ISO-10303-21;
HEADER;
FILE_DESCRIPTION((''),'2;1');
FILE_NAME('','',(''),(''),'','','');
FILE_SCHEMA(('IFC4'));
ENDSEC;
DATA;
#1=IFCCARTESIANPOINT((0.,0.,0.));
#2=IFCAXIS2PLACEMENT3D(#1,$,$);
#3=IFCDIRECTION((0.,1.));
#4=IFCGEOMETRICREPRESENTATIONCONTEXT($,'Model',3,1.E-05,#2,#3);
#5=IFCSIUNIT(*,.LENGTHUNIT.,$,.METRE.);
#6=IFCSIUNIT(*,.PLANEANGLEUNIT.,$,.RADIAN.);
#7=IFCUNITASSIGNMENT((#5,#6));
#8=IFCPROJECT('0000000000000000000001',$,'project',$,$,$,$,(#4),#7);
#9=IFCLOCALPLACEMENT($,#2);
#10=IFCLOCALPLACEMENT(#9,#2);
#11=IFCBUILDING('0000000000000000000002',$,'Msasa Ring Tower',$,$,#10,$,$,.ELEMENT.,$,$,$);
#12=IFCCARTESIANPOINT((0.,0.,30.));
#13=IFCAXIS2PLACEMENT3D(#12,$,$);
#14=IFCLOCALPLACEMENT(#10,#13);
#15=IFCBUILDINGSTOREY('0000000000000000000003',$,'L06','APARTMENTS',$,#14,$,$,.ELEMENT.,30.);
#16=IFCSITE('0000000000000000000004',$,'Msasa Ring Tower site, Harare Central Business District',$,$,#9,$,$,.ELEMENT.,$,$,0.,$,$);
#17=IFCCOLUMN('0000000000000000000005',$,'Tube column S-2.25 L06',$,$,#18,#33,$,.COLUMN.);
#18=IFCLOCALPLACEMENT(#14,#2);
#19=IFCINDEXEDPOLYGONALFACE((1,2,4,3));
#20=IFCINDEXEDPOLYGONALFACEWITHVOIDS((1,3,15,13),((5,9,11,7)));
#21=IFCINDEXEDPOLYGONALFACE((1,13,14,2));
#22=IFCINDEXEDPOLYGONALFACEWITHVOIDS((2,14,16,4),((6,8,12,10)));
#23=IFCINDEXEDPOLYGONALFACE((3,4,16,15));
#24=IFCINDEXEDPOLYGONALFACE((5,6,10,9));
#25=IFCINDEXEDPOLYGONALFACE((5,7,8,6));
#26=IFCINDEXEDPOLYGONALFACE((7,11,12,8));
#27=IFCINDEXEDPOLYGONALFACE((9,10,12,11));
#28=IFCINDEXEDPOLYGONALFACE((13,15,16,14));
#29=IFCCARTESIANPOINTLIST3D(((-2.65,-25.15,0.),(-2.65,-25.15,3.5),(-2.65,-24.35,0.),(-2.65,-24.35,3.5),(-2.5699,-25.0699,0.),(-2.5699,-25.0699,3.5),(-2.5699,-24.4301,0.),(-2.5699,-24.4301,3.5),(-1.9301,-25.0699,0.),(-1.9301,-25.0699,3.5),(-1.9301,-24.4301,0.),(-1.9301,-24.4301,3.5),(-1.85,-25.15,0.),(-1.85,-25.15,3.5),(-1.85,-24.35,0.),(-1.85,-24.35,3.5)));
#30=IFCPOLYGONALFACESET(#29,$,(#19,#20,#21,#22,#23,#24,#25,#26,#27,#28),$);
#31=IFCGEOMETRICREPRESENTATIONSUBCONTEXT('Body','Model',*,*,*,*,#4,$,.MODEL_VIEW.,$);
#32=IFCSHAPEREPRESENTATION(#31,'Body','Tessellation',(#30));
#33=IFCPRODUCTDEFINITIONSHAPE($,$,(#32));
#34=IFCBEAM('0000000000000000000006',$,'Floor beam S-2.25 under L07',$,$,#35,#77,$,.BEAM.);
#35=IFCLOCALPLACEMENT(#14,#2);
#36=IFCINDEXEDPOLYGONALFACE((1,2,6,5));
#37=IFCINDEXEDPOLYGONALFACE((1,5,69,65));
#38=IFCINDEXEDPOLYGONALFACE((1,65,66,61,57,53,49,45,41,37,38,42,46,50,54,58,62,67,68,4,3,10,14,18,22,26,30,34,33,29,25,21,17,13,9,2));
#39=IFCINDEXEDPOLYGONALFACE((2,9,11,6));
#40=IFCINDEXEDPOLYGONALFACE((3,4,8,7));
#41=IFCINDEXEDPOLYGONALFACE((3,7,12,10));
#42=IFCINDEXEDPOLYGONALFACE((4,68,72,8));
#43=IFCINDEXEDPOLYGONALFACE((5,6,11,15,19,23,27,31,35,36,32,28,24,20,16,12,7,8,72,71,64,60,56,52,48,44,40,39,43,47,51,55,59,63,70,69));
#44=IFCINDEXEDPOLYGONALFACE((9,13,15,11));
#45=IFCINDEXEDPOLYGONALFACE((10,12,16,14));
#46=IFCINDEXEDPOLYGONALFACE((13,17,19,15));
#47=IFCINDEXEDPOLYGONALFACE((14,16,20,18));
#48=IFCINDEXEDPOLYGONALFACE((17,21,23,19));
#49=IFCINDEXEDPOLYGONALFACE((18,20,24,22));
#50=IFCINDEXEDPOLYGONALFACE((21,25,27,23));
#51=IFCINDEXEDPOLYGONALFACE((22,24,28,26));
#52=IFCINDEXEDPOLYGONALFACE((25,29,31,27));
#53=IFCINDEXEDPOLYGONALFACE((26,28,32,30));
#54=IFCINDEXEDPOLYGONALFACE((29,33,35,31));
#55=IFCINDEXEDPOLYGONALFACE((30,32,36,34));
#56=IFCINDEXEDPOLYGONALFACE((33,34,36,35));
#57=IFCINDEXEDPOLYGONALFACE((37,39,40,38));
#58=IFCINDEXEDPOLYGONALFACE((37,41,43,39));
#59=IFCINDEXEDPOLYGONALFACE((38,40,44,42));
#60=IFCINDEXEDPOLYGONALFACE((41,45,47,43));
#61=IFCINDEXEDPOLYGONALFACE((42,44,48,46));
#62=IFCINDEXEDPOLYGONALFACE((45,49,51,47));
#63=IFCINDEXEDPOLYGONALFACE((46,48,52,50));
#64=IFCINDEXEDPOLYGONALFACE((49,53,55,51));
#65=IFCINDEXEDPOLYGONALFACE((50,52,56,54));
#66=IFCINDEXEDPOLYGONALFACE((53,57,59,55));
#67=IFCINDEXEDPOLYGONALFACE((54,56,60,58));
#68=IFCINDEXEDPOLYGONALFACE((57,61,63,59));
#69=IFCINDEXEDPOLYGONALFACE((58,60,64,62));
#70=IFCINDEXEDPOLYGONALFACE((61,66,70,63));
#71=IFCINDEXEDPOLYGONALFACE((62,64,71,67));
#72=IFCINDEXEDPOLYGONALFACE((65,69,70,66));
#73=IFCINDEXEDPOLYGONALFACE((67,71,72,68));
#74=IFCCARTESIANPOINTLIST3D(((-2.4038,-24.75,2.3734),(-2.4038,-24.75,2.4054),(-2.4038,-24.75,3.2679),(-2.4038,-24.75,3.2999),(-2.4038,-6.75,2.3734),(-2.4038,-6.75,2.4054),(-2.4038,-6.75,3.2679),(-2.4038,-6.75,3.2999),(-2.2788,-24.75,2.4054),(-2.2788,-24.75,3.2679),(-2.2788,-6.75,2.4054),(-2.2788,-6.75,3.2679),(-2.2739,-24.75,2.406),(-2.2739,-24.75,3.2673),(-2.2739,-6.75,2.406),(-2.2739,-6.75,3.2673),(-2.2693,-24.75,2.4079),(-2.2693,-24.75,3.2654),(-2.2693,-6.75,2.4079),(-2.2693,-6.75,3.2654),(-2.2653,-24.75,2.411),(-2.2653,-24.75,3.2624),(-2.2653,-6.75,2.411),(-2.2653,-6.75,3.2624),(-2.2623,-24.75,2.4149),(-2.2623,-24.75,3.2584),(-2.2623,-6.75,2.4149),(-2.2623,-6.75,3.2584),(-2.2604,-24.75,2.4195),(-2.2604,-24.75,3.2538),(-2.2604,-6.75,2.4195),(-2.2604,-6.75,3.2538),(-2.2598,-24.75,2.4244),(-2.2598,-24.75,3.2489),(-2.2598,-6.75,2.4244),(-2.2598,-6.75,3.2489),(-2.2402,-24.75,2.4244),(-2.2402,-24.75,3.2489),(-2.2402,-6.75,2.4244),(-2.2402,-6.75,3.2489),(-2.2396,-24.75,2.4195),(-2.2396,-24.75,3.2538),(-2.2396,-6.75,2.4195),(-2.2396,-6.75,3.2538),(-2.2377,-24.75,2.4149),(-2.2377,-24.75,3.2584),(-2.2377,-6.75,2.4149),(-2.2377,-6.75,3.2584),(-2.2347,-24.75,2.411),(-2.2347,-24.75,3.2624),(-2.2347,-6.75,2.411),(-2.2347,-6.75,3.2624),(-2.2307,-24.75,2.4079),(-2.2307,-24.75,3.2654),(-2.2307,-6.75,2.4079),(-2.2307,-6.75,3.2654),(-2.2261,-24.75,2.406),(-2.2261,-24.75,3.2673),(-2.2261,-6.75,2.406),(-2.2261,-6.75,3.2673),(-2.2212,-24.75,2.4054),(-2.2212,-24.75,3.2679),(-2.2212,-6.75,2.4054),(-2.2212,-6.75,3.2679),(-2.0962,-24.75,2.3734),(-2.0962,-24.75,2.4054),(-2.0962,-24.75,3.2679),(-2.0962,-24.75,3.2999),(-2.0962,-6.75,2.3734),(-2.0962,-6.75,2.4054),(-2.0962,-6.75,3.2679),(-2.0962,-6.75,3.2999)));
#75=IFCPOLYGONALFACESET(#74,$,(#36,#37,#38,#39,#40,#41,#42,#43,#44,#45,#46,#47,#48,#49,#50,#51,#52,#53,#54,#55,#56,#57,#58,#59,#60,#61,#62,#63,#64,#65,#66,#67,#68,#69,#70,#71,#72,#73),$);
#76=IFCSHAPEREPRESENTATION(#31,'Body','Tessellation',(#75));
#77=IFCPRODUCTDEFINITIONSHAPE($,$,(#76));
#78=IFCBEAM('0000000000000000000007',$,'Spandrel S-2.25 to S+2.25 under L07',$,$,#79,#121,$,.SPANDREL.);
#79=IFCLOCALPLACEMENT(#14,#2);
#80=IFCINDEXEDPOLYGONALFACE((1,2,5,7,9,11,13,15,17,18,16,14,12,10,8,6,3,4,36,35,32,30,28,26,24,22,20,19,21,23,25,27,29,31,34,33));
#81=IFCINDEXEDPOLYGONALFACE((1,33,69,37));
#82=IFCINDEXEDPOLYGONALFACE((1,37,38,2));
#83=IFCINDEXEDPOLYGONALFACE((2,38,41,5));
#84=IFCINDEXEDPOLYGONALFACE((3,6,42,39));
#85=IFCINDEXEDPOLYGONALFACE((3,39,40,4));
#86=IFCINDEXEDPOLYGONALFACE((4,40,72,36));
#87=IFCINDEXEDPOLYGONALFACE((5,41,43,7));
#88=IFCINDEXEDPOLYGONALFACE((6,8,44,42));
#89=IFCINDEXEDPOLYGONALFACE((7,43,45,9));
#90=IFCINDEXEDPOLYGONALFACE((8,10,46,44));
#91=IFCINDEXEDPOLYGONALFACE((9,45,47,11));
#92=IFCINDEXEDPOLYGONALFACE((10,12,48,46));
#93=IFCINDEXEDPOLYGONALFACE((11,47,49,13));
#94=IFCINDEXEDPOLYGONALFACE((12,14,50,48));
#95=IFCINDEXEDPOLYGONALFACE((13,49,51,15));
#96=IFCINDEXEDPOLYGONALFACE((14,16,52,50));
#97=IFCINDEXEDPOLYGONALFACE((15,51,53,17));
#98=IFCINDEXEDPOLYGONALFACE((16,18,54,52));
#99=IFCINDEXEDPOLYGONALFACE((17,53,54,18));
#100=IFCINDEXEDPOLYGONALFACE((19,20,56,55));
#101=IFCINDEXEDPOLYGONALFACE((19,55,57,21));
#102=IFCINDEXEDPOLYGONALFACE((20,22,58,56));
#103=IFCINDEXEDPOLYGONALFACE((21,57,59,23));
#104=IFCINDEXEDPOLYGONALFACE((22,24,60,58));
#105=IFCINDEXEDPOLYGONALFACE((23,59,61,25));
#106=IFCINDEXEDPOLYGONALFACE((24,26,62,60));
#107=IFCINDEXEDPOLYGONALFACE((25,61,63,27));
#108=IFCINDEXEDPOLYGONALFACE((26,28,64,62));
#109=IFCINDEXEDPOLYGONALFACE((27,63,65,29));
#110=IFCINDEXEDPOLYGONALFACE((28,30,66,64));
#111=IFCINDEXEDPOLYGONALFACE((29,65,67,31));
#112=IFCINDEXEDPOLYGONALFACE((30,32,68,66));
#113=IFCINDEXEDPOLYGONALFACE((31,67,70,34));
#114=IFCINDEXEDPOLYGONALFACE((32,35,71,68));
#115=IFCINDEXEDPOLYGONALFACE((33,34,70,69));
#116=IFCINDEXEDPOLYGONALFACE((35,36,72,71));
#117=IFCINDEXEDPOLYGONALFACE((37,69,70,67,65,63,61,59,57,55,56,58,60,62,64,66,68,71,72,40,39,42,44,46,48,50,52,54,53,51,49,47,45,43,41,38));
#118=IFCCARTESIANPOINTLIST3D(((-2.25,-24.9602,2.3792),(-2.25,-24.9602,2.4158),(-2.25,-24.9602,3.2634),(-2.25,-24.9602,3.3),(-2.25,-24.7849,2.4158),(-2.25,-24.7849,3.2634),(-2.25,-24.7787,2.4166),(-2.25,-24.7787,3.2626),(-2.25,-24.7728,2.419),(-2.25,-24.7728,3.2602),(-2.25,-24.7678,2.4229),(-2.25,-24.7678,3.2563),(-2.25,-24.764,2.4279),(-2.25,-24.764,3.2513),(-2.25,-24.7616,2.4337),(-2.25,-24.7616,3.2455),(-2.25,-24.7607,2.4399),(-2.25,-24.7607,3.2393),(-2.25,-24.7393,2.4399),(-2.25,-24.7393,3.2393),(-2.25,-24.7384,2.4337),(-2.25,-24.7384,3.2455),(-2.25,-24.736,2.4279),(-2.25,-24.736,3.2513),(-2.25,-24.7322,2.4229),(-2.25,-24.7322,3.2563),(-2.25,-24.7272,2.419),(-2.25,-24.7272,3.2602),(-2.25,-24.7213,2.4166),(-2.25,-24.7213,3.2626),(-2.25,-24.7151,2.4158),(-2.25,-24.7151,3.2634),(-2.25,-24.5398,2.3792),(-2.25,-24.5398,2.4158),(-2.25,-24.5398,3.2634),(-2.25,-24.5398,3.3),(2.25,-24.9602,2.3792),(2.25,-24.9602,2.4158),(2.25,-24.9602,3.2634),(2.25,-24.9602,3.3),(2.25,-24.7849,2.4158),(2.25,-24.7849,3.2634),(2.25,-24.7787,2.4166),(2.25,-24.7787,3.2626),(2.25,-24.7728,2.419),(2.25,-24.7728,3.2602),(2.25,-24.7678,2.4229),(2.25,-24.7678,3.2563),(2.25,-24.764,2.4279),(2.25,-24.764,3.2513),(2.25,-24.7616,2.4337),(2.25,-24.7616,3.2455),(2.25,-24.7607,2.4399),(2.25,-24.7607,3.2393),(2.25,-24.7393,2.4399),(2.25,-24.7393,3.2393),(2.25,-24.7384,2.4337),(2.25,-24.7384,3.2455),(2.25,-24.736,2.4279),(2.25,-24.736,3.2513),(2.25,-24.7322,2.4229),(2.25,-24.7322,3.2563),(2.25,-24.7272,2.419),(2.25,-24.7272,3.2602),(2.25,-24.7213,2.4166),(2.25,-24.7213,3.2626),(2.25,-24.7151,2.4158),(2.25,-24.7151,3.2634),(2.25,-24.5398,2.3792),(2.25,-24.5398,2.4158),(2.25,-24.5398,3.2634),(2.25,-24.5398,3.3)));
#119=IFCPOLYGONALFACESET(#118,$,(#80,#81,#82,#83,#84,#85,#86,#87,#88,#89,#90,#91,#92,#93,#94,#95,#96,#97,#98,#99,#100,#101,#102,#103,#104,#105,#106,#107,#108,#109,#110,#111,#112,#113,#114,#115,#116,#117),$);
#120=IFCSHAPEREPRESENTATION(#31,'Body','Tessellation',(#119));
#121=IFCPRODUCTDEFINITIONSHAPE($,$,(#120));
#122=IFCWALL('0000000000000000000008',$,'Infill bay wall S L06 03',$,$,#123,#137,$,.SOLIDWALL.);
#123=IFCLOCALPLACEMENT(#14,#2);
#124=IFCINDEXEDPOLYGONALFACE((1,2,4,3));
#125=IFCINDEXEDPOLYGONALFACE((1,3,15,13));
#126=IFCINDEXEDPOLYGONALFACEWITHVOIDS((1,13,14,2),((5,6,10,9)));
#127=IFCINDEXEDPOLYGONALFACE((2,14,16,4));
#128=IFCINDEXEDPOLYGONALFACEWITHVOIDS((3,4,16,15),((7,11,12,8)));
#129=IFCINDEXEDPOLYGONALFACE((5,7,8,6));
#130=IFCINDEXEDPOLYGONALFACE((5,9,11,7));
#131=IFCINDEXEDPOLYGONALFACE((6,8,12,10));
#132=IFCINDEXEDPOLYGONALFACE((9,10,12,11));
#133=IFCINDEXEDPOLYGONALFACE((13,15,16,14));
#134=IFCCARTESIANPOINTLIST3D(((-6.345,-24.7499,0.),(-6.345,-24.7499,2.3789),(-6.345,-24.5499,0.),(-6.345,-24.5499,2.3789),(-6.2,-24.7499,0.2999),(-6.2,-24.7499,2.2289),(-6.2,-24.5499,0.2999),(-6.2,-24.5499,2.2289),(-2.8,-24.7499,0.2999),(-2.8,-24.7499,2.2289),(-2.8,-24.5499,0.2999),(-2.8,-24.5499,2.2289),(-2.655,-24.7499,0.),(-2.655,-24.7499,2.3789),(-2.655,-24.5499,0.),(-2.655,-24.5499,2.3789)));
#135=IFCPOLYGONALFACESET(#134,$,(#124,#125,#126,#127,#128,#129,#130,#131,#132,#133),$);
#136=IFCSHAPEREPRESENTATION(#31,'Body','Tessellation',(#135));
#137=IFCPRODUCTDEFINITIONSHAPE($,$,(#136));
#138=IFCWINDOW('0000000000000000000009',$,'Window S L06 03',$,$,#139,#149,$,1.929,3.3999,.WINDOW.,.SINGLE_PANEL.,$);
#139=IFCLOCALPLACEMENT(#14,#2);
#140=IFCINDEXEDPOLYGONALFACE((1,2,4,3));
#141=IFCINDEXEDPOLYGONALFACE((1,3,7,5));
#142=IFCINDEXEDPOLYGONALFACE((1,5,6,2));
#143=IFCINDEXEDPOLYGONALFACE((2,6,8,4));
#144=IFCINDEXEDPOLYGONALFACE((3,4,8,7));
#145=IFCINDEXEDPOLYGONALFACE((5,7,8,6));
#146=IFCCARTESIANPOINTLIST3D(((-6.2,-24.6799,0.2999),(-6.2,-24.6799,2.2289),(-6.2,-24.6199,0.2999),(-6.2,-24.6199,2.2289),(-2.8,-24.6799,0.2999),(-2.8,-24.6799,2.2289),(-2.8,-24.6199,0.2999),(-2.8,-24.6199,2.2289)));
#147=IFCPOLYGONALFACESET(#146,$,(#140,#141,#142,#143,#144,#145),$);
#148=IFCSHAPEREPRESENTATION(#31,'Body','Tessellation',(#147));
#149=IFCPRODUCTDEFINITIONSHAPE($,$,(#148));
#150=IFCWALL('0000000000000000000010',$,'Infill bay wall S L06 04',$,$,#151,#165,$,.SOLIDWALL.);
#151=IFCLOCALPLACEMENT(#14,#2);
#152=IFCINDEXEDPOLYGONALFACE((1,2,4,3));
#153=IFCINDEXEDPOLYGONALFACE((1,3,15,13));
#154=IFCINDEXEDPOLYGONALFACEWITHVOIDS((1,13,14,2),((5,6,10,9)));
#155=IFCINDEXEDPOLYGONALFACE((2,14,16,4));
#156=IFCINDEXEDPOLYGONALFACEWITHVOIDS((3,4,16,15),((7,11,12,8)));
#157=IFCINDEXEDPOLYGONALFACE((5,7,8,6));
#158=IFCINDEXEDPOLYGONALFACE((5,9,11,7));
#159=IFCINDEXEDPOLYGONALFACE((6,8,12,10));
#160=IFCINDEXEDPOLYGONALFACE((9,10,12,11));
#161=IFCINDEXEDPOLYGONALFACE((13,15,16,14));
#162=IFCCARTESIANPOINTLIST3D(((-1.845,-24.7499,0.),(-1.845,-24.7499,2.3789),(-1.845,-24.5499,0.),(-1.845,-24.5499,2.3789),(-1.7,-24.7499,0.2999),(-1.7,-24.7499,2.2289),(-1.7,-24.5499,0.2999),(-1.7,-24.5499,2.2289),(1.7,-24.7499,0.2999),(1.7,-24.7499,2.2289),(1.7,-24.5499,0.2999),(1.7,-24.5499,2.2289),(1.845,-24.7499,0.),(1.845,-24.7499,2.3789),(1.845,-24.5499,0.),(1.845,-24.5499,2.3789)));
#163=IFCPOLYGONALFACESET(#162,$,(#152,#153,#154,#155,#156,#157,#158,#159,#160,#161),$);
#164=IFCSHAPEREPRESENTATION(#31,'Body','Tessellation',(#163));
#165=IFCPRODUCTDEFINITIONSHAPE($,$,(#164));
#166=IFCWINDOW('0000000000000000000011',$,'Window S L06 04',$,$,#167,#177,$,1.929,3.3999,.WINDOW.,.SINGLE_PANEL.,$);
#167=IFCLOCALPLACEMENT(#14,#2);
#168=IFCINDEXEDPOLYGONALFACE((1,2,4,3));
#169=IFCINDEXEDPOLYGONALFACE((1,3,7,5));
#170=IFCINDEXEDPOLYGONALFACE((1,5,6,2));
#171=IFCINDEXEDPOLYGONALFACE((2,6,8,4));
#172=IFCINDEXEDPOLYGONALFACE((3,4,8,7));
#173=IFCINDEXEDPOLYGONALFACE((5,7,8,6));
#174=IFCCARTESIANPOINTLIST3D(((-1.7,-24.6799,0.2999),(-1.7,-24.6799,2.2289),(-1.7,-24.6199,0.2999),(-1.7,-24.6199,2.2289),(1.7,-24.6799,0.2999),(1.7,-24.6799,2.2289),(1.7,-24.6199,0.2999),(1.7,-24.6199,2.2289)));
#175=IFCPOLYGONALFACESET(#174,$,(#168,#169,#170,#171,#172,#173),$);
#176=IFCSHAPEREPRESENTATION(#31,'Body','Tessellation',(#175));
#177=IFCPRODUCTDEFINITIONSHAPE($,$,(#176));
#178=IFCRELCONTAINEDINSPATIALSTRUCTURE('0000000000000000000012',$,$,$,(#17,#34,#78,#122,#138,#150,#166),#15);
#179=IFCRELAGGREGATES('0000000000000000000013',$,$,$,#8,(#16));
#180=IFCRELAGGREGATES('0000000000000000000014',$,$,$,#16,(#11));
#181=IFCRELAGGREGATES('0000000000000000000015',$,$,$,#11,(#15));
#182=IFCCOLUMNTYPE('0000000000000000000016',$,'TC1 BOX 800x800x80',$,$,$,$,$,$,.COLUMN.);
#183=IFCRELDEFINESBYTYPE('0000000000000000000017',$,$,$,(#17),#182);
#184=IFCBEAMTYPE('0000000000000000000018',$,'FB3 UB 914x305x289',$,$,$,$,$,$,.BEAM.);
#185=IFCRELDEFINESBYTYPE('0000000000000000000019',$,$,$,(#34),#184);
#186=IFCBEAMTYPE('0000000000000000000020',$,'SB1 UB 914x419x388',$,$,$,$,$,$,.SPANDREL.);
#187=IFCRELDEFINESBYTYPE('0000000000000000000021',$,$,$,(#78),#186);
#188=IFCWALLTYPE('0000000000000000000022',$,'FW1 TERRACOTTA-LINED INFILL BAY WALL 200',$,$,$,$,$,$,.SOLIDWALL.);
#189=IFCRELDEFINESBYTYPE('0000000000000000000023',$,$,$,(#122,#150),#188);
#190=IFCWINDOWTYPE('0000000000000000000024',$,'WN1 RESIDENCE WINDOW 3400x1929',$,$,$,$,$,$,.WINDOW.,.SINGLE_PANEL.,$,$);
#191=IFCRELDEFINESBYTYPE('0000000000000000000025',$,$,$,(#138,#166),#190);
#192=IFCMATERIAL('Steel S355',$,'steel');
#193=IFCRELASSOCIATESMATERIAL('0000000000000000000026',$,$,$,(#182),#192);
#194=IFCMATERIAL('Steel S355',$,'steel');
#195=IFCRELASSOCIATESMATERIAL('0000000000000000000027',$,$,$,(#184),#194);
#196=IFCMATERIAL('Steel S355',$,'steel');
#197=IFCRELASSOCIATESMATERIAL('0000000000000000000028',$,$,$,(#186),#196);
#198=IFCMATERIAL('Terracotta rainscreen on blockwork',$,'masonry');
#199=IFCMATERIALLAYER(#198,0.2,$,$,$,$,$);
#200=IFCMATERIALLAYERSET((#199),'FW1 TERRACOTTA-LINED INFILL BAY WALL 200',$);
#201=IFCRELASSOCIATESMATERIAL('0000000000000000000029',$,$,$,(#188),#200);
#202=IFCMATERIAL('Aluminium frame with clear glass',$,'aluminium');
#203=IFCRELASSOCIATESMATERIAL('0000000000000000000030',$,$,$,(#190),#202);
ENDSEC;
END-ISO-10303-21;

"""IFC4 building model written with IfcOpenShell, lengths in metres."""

from ifc_helpers import new_model, si_unit, direction, frame, frame_2d, origin, origin_2d, place, context, subcontext, project, spatial, rectangle, hollow_rectangle, i_section, extrude, material, layer, layer_set, material_profile, profile_set, type_object, element, fill, save


model = new_model("IFC4")

# Units and contexts
model_context = context("Model", 3, precision=1e-05, world=origin(), true_north=direction((0.0, 1.0)))
body_context = subcontext(model_context, "Body", "Model", "MODEL_VIEW")
ifc_project = project(units=[si_unit("LENGTHUNIT", "METRE"), si_unit("PLANEANGLEUNIT", "RADIAN")], contexts=[model_context])

# Site, building, storey
site_placement = place(None, origin())
site = spatial("IfcSite", under=ifc_project, at=site_placement, Name="Msasa Ring Tower site, Harare Central Business District", CompositionType="ELEMENT", RefElevation=0.0)
building_placement = place(site_placement, origin())
building = spatial("IfcBuilding", under=site, at=building_placement, Name="Msasa Ring Tower", CompositionType="ELEMENT")
storey_placement = place(building_placement, frame((0.0, 0.0, 30.0)))
storey = spatial("IfcBuildingStorey", under=building, at=storey_placement, Name="L06", Description="APARTMENTS", CompositionType="ELEMENT", Elevation=30.0)

# Column
ifc_material_1 = material(Name="Steel S355", Category="steel")
ifc_material_profile_1 = material_profile(ifc_material_1, hollow_rectangle(XDim=0.8, YDim=0.8, WallThickness=0.0801, at=origin_2d()), Name="BOX 800x800x80")
ifc_profile_set_1 = profile_set([ifc_material_profile_1], Name="Steel S355")
column_type = type_object("IfcColumnType", Name="TC1 BOX 800x800x80", PredefinedType="COLUMN", material=ifc_profile_set_1)
column_placement = place(storey_placement, frame((-2.25, -24.75, 0.0), z_axis=(0.0, 0.0, 1.0), x_axis=(0.0, 1.0, 0.0)))
element("IfcColumn", 1, at=column_placement, inside=storey, type_object=column_type, Name="Tube column S-2.25 L06", PredefinedType="COLUMN", context=body_context, shape_type="SweptSolid", body=[
    extrude(hollow_rectangle(XDim=0.8, YDim=0.8, WallThickness=0.0801, at=origin_2d()), origin(), (0.0, 0.0, 1.0), 3.5),
])

# Beams
ifc_material_2 = material(Name="Steel S355", Category="steel")
ifc_material_profile_2 = material_profile(ifc_material_2, i_section(OverallWidth=0.3076, OverallDepth=0.9265, WebThickness=0.0195, FlangeThickness=0.032, FilletRadius=0.019, at=origin_2d()), Name="UB 914x305x289")
ifc_profile_set_2 = profile_set([ifc_material_profile_2], Name="Steel S355")
beam_type_1 = type_object("IfcBeamType", Name="FB3 UB 914x305x289", PredefinedType="BEAM", material=ifc_profile_set_2)
beam_1_placement = place(storey_placement, frame((-2.25, -24.75, 2.8367), z_axis=(0.0, 1.0, 0.0), x_axis=(-1.0, 0.0, 0.0)))
element("IfcBeam", 2, at=beam_1_placement, inside=storey, type_object=beam_type_1, Name="Floor beam S-2.25 under L07", PredefinedType="BEAM", context=body_context, shape_type="SweptSolid", body=[
    extrude(i_section(OverallWidth=0.3076, OverallDepth=0.9265, WebThickness=0.0195, FlangeThickness=0.032, FilletRadius=0.019, at=origin_2d()), origin(), (0.0, 0.0, 1.0), 18.0),
])
ifc_material_3 = material(Name="Steel S355", Category="steel")
ifc_material_profile_3 = material_profile(ifc_material_3, i_section(OverallWidth=0.4204, OverallDepth=0.9209, WebThickness=0.0215, FlangeThickness=0.0366, FilletRadius=0.0242, at=origin_2d()), Name="UB 914x419x388")
ifc_profile_set_3 = profile_set([ifc_material_profile_3], Name="Steel S355")
beam_type_2 = type_object("IfcBeamType", Name="SB1 UB 914x419x388", PredefinedType="SPANDREL", material=ifc_profile_set_3)
beam_2_placement = place(storey_placement, frame((-2.25, -24.75, 2.8396), z_axis=(1.0, 0.0, 0.0), x_axis=(0.0, 1.0, 0.0)))
element("IfcBeam", 3, at=beam_2_placement, inside=storey, type_object=beam_type_2, Name="Spandrel S-2.25 to S+2.25 under L07", PredefinedType="SPANDREL", context=body_context, shape_type="SweptSolid", body=[
    extrude(i_section(OverallWidth=0.4204, OverallDepth=0.9209, WebThickness=0.0215, FlangeThickness=0.0366, FilletRadius=0.0242, at=origin_2d()), origin(), (0.0, 0.0, 1.0), 4.5),
])

# Walls, openings, windows
ifc_material_4 = material(Name="Terracotta rainscreen on blockwork", Category="masonry")
ifc_layer_1 = layer(ifc_material_4, 0.2)
ifc_layer_set_1 = layer_set([ifc_layer_1], Name="FW1 TERRACOTTA-LINED INFILL BAY WALL 200")
wall_type_1 = type_object("IfcWallType", Name="FW1 TERRACOTTA-LINED INFILL BAY WALL 200", PredefinedType="SOLIDWALL", material=ifc_layer_set_1)
wall_1_placement = place(storey_placement, frame((-6.345, -24.6499, 0.0), z_axis=(0.0, 0.0, 1.0), x_axis=(1.0, 0.0, 0.0)))
wall_1 = element("IfcWall", 4, at=wall_1_placement, inside=storey, type_object=wall_type_1, Name="Infill bay wall S L06 03", PredefinedType="SOLIDWALL", context=body_context, shape_type="SweptSolid", body=[
    extrude(rectangle(XDim=3.6899, YDim=0.2, at=frame_2d((1.845, 0.0))), origin(), (0.0, 0.0, 1.0), 2.3789),
])
opening_1_placement = place(wall_1_placement, frame((0.145, 0.0, 0.3)))
opening_1 = element("IfcOpeningElement", 5, at=opening_1_placement, cuts=wall_1, PredefinedType="OPENING", context=body_context, shape_type="SweptSolid", body=[
    extrude(rectangle(XDim=3.3999, YDim=1.929, at=frame_2d((1.7, 0.9644))), frame((0.0, 0.1099, 0.0), z_axis=(0.0, -1.0, 0.0), x_axis=(1.0, 0.0, 0.0)), (0.0, 0.0, 1.0), 0.22),
])
ifc_material_5 = material(Name="Aluminium frame with clear glass", Category="aluminium")
window_type = type_object("IfcWindowType", Name="WN1 RESIDENCE WINDOW 3400x1929", PartitioningType="SINGLE_PANEL", PredefinedType="WINDOW", material=ifc_material_5)
window_1_placement = place(opening_1_placement, origin())
window_1 = element("IfcWindow", 6, at=window_1_placement, inside=storey, type_object=window_type, Name="Window S L06 03", OverallHeight=1.929, OverallWidth=3.3999, PartitioningType="SINGLE_PANEL", PredefinedType="WINDOW", context=body_context, shape_type="SweptSolid", body=[
    extrude(rectangle(XDim=3.3999, YDim=1.929, at=frame_2d((1.7, 0.9644))), frame((0.0, 0.03, 0.0), z_axis=(0.0, -1.0, 0.0), x_axis=(1.0, 0.0, 0.0)), (0.0, 0.0, 1.0), 0.0601),
])
fill(opening_1, window_1)
wall_2_placement = place(storey_placement, frame((-1.845, -24.6499, 0.0), z_axis=(0.0, 0.0, 1.0), x_axis=(1.0, 0.0, 0.0)))
wall_2 = element("IfcWall", 7, at=wall_2_placement, inside=storey, type_object=wall_type_1, Name="Infill bay wall S L06 04", PredefinedType="SOLIDWALL", context=body_context, shape_type="SweptSolid", body=[
    extrude(rectangle(XDim=3.6899, YDim=0.2, at=frame_2d((1.845, 0.0))), origin(), (0.0, 0.0, 1.0), 2.3789),
])
opening_2_placement = place(wall_2_placement, frame((0.145, 0.0, 0.3)))
opening_2 = element("IfcOpeningElement", 8, at=opening_2_placement, cuts=wall_2, PredefinedType="OPENING", context=body_context, shape_type="SweptSolid", body=[
    extrude(rectangle(XDim=3.3999, YDim=1.929, at=frame_2d((1.7, 0.9644))), frame((0.0, 0.1099, 0.0), z_axis=(0.0, -1.0, 0.0), x_axis=(1.0, 0.0, 0.0)), (0.0, 0.0, 1.0), 0.22),
])
window_2_placement = place(opening_2_placement, origin())
window_2 = element("IfcWindow", 9, at=window_2_placement, inside=storey, type_object=window_type, Name="Window S L06 04", OverallHeight=1.929, OverallWidth=3.3999, PartitioningType="SINGLE_PANEL", PredefinedType="WINDOW", context=body_context, shape_type="SweptSolid", body=[
    extrude(rectangle(XDim=3.3999, YDim=1.929, at=frame_2d((1.7, 0.9644))), frame((0.0, 0.03, 0.0), z_axis=(0.0, -1.0, 0.0), x_axis=(1.0, 0.0, 0.0)), (0.0, 0.0, 1.0), 0.0601),
])
fill(opening_2, window_2)

save(model, "model.ifc")
